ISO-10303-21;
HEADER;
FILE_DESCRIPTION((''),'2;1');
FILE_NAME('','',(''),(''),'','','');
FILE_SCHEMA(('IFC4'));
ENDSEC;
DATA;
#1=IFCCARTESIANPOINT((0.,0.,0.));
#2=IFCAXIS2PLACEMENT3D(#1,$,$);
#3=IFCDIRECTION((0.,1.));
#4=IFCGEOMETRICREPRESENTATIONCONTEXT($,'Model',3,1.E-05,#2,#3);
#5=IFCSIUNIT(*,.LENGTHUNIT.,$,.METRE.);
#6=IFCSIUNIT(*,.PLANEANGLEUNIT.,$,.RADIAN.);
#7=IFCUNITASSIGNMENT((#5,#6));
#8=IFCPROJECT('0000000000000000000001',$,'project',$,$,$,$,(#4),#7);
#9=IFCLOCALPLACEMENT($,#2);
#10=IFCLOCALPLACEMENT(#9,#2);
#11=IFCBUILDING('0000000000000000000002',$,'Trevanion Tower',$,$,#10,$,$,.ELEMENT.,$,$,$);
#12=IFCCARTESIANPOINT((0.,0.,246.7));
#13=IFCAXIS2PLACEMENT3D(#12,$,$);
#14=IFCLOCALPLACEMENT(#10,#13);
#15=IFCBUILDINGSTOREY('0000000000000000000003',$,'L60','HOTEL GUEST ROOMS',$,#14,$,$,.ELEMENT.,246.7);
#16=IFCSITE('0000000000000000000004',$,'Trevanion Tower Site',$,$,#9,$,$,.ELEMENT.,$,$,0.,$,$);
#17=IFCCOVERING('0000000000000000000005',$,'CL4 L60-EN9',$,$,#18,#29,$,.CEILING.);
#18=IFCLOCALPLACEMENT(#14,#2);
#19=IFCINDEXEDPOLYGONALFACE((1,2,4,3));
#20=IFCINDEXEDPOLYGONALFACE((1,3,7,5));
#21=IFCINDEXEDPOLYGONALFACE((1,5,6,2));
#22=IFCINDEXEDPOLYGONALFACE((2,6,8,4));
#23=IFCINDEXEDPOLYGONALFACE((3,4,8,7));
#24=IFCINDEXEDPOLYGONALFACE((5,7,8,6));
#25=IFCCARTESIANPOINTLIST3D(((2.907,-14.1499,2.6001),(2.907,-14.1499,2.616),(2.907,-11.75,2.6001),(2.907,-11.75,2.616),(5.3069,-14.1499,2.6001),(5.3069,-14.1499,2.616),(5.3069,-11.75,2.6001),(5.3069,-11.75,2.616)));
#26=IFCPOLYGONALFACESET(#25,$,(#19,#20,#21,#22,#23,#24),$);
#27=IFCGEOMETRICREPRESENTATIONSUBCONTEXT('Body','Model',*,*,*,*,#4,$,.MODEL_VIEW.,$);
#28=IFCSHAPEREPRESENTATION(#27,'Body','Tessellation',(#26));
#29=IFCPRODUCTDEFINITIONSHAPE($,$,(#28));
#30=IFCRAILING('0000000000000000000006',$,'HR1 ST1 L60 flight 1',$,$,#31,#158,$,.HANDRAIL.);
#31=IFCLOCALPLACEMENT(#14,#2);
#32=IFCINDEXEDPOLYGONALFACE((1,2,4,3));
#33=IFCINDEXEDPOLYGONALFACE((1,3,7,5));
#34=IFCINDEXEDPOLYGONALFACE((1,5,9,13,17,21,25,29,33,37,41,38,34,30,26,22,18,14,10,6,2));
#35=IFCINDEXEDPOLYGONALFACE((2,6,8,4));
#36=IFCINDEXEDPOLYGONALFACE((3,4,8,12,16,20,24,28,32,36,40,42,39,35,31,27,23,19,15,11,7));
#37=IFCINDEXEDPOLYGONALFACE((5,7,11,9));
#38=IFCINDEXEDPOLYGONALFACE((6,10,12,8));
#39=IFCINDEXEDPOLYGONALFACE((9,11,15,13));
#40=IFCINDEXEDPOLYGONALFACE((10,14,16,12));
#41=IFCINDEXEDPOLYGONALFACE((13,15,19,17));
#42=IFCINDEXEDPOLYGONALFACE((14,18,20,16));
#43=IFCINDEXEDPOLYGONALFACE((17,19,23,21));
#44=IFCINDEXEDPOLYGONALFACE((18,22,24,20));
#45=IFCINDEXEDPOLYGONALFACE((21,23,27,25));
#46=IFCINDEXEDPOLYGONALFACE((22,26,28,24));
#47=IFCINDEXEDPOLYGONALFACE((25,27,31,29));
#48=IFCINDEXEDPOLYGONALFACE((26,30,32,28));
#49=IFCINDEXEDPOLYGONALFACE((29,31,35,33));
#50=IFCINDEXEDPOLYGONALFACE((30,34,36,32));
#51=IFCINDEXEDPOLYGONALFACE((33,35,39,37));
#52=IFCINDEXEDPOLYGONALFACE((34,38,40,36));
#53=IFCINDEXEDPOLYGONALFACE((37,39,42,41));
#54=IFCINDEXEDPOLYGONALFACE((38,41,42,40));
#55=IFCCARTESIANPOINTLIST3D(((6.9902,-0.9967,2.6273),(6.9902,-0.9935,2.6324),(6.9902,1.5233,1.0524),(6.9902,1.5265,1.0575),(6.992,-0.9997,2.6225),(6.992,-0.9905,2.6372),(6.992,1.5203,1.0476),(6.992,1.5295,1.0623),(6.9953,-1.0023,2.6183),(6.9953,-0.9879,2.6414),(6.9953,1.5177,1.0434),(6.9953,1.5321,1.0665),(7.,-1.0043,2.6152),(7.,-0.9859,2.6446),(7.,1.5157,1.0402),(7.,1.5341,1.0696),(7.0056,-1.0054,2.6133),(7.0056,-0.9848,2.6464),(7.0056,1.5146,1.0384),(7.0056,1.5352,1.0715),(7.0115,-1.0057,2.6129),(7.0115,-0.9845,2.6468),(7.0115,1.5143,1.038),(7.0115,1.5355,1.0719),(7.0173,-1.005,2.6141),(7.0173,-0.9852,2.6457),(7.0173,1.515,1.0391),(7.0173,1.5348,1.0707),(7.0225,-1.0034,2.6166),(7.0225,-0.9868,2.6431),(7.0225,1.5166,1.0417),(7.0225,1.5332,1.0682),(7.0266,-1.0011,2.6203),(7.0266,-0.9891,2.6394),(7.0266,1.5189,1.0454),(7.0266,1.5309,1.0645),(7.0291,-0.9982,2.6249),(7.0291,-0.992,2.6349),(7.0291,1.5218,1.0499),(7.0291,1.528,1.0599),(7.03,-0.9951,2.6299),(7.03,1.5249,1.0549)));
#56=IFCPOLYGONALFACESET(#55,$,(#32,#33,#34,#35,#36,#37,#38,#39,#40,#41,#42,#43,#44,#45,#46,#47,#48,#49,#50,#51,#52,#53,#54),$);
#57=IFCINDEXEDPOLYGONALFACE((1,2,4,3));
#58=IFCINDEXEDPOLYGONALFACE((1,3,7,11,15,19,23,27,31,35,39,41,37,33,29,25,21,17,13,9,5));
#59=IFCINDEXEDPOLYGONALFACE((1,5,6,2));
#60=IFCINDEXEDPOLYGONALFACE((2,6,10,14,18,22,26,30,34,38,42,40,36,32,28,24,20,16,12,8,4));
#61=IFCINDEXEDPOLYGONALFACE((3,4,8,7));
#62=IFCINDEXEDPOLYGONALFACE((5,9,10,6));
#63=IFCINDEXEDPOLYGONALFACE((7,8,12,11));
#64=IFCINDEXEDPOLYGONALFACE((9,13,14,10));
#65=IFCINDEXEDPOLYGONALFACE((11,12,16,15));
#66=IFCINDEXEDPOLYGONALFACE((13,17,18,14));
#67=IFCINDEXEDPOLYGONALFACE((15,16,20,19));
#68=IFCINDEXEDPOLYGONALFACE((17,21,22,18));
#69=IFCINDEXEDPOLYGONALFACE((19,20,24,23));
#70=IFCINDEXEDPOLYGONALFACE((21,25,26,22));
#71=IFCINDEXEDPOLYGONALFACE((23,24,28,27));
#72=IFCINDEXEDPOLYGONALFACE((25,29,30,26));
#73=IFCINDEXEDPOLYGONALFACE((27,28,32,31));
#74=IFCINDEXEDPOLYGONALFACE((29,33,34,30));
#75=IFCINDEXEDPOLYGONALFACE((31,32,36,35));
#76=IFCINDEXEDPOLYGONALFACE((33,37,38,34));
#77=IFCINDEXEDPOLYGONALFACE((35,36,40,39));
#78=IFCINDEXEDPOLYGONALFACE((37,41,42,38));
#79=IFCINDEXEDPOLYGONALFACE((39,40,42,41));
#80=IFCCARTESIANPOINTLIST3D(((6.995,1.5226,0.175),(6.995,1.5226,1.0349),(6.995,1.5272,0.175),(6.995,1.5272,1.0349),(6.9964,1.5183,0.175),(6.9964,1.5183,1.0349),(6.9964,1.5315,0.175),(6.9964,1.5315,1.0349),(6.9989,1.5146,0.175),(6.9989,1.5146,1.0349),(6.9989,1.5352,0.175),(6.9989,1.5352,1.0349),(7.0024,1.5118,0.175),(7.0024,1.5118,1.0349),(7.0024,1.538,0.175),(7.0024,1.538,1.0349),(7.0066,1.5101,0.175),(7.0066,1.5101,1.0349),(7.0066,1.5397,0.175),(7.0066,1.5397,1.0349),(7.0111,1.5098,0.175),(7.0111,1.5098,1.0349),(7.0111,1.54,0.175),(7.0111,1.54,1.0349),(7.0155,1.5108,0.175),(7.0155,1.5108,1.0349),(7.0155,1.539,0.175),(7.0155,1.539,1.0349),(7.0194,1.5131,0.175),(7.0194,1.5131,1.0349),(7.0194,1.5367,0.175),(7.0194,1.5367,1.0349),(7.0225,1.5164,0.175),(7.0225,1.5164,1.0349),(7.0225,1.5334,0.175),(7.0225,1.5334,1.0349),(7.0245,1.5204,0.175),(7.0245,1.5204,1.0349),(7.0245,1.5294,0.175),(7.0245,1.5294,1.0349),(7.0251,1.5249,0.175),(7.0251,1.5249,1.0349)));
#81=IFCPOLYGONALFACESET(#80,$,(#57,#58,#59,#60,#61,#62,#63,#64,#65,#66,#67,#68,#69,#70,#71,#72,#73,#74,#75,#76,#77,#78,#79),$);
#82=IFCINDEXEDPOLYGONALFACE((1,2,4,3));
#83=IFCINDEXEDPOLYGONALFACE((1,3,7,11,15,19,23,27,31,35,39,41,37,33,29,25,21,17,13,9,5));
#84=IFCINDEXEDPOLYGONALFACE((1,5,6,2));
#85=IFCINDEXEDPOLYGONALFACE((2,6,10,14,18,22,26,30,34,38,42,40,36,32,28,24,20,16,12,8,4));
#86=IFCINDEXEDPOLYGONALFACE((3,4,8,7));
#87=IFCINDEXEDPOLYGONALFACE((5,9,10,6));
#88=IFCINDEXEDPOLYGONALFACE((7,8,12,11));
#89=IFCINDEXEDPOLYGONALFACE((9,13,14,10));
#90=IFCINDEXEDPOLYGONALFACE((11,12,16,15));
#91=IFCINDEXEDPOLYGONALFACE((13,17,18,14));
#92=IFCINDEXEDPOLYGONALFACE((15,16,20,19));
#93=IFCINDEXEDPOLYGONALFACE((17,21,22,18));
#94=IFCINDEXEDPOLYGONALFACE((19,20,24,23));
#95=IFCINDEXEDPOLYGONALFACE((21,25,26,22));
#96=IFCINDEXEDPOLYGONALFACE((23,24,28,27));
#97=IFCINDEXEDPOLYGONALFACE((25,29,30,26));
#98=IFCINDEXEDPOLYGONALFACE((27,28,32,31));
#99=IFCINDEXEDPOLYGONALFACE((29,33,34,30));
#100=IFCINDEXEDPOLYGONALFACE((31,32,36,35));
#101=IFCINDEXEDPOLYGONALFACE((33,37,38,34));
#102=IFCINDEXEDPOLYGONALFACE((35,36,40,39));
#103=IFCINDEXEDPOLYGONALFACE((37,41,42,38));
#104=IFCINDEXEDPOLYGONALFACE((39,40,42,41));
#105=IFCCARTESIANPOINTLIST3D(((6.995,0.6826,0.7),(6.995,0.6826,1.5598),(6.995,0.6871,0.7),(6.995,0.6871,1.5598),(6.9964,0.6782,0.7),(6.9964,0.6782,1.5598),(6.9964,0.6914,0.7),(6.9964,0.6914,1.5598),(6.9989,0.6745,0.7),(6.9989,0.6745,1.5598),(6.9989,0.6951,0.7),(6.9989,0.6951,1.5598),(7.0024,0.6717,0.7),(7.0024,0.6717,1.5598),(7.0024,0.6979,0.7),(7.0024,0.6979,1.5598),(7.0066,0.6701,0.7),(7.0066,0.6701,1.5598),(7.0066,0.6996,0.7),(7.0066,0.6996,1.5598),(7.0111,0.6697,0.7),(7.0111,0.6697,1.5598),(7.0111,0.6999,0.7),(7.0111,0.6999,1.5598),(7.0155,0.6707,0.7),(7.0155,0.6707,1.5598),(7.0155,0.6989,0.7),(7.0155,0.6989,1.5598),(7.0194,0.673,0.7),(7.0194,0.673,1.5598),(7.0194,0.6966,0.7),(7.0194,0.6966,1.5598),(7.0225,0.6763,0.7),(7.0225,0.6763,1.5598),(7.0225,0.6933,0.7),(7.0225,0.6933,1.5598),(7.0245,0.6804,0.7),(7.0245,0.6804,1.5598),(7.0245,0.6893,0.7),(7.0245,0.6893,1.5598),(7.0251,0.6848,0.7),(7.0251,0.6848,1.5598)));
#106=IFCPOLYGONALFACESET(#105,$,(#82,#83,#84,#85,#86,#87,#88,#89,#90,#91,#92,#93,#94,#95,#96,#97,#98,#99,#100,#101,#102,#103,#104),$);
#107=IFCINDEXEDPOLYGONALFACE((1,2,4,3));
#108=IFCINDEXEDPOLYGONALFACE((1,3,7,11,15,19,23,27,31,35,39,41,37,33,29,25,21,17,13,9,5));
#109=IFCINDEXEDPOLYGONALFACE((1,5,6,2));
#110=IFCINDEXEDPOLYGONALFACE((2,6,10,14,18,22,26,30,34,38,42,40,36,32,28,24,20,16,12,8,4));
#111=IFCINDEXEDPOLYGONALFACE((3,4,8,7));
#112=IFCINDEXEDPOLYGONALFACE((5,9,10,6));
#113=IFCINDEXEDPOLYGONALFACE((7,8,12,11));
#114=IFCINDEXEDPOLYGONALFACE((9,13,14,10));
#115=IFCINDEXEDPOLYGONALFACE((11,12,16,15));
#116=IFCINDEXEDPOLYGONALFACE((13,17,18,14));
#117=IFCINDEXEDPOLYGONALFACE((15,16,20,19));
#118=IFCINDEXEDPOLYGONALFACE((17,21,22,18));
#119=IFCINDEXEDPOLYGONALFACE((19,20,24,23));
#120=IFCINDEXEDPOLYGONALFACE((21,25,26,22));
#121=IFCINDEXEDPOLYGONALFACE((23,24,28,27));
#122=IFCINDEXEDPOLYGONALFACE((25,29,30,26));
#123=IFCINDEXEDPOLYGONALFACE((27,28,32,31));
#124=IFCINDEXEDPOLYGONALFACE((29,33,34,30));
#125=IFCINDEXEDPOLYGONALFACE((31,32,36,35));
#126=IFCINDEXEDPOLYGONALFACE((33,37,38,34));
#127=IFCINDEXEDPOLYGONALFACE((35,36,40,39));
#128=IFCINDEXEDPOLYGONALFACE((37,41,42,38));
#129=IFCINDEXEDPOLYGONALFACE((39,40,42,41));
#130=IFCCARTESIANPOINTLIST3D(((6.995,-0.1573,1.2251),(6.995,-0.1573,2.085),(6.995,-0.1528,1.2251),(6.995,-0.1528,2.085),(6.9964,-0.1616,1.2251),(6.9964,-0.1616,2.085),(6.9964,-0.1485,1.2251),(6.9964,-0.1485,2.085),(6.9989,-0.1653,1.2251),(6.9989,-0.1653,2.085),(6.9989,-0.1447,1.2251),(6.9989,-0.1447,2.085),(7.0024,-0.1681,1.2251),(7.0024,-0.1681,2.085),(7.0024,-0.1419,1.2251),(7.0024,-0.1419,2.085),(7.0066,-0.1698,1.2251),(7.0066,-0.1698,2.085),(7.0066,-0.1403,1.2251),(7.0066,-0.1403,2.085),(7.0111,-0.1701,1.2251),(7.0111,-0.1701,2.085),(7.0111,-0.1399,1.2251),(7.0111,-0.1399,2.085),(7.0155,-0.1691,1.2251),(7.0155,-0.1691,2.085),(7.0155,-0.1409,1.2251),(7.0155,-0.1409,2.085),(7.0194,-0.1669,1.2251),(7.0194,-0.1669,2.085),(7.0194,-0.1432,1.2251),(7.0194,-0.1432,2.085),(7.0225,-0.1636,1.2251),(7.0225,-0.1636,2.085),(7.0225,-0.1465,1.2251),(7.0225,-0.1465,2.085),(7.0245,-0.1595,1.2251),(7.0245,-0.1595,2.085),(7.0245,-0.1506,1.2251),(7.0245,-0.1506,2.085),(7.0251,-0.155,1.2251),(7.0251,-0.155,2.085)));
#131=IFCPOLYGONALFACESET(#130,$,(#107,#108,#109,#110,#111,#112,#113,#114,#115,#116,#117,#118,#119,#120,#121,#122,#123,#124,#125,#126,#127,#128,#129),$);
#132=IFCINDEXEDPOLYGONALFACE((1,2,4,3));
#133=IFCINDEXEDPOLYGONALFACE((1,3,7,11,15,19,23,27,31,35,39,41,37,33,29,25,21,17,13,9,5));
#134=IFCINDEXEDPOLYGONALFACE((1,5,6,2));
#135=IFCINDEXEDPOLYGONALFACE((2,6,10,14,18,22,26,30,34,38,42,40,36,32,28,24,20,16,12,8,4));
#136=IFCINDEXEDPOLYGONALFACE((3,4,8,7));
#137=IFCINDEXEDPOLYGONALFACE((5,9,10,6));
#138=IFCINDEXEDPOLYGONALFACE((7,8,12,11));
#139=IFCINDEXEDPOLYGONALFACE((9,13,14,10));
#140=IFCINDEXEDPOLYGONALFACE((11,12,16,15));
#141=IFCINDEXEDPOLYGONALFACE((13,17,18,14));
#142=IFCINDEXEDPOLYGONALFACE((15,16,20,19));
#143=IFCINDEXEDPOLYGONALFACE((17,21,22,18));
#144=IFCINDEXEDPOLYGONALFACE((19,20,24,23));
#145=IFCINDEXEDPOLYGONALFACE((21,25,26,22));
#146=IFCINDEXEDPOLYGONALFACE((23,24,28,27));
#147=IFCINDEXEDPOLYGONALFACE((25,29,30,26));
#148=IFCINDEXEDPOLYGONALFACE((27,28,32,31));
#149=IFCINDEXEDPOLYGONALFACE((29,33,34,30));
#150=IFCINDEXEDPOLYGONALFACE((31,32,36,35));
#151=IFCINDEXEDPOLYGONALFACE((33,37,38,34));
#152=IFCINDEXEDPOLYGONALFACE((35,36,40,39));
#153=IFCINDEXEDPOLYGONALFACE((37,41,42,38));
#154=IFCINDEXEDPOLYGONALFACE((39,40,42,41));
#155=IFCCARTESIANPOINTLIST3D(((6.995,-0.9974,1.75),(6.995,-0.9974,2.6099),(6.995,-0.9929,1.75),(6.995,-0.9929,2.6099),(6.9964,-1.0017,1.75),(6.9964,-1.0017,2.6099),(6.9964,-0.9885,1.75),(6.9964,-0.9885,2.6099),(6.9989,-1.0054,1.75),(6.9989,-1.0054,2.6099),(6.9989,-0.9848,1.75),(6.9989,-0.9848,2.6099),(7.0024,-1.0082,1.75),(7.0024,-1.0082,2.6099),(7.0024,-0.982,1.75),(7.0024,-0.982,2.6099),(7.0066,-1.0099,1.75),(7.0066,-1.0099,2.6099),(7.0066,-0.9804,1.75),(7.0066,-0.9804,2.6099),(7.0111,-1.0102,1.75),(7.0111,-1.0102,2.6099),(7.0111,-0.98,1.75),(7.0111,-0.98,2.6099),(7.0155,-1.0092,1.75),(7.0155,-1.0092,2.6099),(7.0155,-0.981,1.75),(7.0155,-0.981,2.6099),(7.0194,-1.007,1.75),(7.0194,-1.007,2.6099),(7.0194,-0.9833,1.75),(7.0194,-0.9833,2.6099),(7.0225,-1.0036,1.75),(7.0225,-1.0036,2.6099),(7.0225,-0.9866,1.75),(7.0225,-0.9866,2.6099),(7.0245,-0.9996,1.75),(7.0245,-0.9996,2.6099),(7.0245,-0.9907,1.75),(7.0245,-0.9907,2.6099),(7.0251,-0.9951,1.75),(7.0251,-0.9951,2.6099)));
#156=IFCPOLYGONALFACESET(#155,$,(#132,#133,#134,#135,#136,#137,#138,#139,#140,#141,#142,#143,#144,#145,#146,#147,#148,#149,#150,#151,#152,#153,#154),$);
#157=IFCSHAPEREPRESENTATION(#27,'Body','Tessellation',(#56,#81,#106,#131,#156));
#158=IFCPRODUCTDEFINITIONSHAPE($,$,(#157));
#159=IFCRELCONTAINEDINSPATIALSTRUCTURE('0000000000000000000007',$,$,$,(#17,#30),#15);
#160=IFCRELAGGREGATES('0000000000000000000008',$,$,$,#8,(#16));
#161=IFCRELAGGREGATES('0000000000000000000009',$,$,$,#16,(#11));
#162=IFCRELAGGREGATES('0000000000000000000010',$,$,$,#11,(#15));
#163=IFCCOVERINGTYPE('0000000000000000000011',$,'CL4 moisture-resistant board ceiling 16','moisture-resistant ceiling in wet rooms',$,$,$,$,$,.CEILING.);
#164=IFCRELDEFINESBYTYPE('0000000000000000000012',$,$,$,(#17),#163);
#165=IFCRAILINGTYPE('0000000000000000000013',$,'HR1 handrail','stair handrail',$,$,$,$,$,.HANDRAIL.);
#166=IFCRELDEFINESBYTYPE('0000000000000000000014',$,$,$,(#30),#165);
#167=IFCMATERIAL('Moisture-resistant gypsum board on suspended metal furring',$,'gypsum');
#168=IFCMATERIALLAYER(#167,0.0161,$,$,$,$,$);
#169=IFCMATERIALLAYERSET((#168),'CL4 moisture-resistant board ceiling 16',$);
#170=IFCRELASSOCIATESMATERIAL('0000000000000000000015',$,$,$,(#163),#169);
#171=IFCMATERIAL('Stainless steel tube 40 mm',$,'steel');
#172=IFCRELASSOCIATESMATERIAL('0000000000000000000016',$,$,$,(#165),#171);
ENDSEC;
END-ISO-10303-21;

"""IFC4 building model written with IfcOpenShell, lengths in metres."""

from ifc_helpers import new_model, si_unit, direction, frame, origin, origin_2d, place, context, subcontext, project, spatial, polyline, circle, outline, extrude, material, layer, layer_set, type_object, element, save


model = new_model("IFC4")

# Units and contexts
model_context = context("Model", 3, precision=1e-05, world=origin(), true_north=direction((0.0, 1.0)))
body_context = subcontext(model_context, "Body", "Model", "MODEL_VIEW")
ifc_project = project(units=[si_unit("LENGTHUNIT", "METRE"), si_unit("PLANEANGLEUNIT", "RADIAN")], contexts=[model_context])

# Site, building, storey
site_placement = place(None, origin())
site = spatial("IfcSite", under=ifc_project, at=site_placement, Name="Trevanion Tower Site", CompositionType="ELEMENT", RefElevation=0.0)
building_placement = place(site_placement, origin())
building = spatial("IfcBuilding", under=site, at=building_placement, Name="Trevanion Tower", CompositionType="ELEMENT")
storey_placement = place(building_placement, frame((0.0, 0.0, 246.7)))
storey = spatial("IfcBuildingStorey", under=building, at=storey_placement, Name="L60", Description="HOTEL GUEST ROOMS", CompositionType="ELEMENT", Elevation=246.7)

# Covering
ifc_material_1 = material(Name="Moisture-resistant gypsum board on suspended metal furring", Category="gypsum")
ifc_layer_1 = layer(ifc_material_1, 0.0161)
ifc_layer_set_1 = layer_set([ifc_layer_1], Name="CL4 moisture-resistant board ceiling 16")
covering_type_1 = type_object("IfcCoveringType", Name="CL4 moisture-resistant board ceiling 16", Description="moisture-resistant ceiling in wet rooms", PredefinedType="CEILING", material=ifc_layer_set_1)
covering_1_placement = place(storey_placement, frame((0.0, 0.0, 2.6001)))
element("IfcCovering", 1, at=covering_1_placement, inside=storey, type_object=covering_type_1, Name="CL4 L60-EN9", PredefinedType="CEILING", context=body_context, shape_type="SweptSolid", body=[
    extrude(outline(polyline([(2.907, -14.1499), (5.3069, -14.1499), (5.3069, -11.75), (2.907, -11.75), (2.907, -14.1499)])), origin(), (0.0, 0.0, 1.0), 0.0159),
])

# Railing
ifc_material_2 = material(Name="Stainless steel tube 40 mm", Category="steel")
railing_type = type_object("IfcRailingType", Name="HR1 handrail", Description="stair handrail", PredefinedType="HANDRAIL", material=ifc_material_2)
for number, where, name in (
    (2, (7.01, 1.5249, 0.175), "HR1 ST1 L60 flight 1"),
):
    element("IfcRailing", number, at=place(storey_placement, frame(where)), inside=storey, type_object=railing_type, Name=name, PredefinedType="HANDRAIL", context=body_context, shape_type="SweptSolid", body=[
        extrude(circle(Radius=0.02, at=origin_2d()), frame((0.0, 0.0, 0.8799), z_axis=(0.0, -0.848008, 0.529984), x_axis=(1.0, 0.0, 0.0)), (0.0, 0.0, 1.0), 2.9717),
        extrude(circle(Radius=0.0151, at=origin_2d()), origin(), (0.0, 0.0, 1.0), 0.8599),
        extrude(circle(Radius=0.0151, at=origin_2d()), frame((0.0, -0.8401, 0.5249)), (0.0, 0.0, 1.0), 0.8599),
        extrude(circle(Radius=0.0151, at=origin_2d()), frame((0.0, -1.6799, 1.05)), (0.0, 0.0, 1.0), 0.8599),
        extrude(circle(Radius=0.0151, at=origin_2d()), frame((0.0, -2.52, 1.575)), (0.0, 0.0, 1.0), 0.8599),
    ])

save(model, "model.ifc")
